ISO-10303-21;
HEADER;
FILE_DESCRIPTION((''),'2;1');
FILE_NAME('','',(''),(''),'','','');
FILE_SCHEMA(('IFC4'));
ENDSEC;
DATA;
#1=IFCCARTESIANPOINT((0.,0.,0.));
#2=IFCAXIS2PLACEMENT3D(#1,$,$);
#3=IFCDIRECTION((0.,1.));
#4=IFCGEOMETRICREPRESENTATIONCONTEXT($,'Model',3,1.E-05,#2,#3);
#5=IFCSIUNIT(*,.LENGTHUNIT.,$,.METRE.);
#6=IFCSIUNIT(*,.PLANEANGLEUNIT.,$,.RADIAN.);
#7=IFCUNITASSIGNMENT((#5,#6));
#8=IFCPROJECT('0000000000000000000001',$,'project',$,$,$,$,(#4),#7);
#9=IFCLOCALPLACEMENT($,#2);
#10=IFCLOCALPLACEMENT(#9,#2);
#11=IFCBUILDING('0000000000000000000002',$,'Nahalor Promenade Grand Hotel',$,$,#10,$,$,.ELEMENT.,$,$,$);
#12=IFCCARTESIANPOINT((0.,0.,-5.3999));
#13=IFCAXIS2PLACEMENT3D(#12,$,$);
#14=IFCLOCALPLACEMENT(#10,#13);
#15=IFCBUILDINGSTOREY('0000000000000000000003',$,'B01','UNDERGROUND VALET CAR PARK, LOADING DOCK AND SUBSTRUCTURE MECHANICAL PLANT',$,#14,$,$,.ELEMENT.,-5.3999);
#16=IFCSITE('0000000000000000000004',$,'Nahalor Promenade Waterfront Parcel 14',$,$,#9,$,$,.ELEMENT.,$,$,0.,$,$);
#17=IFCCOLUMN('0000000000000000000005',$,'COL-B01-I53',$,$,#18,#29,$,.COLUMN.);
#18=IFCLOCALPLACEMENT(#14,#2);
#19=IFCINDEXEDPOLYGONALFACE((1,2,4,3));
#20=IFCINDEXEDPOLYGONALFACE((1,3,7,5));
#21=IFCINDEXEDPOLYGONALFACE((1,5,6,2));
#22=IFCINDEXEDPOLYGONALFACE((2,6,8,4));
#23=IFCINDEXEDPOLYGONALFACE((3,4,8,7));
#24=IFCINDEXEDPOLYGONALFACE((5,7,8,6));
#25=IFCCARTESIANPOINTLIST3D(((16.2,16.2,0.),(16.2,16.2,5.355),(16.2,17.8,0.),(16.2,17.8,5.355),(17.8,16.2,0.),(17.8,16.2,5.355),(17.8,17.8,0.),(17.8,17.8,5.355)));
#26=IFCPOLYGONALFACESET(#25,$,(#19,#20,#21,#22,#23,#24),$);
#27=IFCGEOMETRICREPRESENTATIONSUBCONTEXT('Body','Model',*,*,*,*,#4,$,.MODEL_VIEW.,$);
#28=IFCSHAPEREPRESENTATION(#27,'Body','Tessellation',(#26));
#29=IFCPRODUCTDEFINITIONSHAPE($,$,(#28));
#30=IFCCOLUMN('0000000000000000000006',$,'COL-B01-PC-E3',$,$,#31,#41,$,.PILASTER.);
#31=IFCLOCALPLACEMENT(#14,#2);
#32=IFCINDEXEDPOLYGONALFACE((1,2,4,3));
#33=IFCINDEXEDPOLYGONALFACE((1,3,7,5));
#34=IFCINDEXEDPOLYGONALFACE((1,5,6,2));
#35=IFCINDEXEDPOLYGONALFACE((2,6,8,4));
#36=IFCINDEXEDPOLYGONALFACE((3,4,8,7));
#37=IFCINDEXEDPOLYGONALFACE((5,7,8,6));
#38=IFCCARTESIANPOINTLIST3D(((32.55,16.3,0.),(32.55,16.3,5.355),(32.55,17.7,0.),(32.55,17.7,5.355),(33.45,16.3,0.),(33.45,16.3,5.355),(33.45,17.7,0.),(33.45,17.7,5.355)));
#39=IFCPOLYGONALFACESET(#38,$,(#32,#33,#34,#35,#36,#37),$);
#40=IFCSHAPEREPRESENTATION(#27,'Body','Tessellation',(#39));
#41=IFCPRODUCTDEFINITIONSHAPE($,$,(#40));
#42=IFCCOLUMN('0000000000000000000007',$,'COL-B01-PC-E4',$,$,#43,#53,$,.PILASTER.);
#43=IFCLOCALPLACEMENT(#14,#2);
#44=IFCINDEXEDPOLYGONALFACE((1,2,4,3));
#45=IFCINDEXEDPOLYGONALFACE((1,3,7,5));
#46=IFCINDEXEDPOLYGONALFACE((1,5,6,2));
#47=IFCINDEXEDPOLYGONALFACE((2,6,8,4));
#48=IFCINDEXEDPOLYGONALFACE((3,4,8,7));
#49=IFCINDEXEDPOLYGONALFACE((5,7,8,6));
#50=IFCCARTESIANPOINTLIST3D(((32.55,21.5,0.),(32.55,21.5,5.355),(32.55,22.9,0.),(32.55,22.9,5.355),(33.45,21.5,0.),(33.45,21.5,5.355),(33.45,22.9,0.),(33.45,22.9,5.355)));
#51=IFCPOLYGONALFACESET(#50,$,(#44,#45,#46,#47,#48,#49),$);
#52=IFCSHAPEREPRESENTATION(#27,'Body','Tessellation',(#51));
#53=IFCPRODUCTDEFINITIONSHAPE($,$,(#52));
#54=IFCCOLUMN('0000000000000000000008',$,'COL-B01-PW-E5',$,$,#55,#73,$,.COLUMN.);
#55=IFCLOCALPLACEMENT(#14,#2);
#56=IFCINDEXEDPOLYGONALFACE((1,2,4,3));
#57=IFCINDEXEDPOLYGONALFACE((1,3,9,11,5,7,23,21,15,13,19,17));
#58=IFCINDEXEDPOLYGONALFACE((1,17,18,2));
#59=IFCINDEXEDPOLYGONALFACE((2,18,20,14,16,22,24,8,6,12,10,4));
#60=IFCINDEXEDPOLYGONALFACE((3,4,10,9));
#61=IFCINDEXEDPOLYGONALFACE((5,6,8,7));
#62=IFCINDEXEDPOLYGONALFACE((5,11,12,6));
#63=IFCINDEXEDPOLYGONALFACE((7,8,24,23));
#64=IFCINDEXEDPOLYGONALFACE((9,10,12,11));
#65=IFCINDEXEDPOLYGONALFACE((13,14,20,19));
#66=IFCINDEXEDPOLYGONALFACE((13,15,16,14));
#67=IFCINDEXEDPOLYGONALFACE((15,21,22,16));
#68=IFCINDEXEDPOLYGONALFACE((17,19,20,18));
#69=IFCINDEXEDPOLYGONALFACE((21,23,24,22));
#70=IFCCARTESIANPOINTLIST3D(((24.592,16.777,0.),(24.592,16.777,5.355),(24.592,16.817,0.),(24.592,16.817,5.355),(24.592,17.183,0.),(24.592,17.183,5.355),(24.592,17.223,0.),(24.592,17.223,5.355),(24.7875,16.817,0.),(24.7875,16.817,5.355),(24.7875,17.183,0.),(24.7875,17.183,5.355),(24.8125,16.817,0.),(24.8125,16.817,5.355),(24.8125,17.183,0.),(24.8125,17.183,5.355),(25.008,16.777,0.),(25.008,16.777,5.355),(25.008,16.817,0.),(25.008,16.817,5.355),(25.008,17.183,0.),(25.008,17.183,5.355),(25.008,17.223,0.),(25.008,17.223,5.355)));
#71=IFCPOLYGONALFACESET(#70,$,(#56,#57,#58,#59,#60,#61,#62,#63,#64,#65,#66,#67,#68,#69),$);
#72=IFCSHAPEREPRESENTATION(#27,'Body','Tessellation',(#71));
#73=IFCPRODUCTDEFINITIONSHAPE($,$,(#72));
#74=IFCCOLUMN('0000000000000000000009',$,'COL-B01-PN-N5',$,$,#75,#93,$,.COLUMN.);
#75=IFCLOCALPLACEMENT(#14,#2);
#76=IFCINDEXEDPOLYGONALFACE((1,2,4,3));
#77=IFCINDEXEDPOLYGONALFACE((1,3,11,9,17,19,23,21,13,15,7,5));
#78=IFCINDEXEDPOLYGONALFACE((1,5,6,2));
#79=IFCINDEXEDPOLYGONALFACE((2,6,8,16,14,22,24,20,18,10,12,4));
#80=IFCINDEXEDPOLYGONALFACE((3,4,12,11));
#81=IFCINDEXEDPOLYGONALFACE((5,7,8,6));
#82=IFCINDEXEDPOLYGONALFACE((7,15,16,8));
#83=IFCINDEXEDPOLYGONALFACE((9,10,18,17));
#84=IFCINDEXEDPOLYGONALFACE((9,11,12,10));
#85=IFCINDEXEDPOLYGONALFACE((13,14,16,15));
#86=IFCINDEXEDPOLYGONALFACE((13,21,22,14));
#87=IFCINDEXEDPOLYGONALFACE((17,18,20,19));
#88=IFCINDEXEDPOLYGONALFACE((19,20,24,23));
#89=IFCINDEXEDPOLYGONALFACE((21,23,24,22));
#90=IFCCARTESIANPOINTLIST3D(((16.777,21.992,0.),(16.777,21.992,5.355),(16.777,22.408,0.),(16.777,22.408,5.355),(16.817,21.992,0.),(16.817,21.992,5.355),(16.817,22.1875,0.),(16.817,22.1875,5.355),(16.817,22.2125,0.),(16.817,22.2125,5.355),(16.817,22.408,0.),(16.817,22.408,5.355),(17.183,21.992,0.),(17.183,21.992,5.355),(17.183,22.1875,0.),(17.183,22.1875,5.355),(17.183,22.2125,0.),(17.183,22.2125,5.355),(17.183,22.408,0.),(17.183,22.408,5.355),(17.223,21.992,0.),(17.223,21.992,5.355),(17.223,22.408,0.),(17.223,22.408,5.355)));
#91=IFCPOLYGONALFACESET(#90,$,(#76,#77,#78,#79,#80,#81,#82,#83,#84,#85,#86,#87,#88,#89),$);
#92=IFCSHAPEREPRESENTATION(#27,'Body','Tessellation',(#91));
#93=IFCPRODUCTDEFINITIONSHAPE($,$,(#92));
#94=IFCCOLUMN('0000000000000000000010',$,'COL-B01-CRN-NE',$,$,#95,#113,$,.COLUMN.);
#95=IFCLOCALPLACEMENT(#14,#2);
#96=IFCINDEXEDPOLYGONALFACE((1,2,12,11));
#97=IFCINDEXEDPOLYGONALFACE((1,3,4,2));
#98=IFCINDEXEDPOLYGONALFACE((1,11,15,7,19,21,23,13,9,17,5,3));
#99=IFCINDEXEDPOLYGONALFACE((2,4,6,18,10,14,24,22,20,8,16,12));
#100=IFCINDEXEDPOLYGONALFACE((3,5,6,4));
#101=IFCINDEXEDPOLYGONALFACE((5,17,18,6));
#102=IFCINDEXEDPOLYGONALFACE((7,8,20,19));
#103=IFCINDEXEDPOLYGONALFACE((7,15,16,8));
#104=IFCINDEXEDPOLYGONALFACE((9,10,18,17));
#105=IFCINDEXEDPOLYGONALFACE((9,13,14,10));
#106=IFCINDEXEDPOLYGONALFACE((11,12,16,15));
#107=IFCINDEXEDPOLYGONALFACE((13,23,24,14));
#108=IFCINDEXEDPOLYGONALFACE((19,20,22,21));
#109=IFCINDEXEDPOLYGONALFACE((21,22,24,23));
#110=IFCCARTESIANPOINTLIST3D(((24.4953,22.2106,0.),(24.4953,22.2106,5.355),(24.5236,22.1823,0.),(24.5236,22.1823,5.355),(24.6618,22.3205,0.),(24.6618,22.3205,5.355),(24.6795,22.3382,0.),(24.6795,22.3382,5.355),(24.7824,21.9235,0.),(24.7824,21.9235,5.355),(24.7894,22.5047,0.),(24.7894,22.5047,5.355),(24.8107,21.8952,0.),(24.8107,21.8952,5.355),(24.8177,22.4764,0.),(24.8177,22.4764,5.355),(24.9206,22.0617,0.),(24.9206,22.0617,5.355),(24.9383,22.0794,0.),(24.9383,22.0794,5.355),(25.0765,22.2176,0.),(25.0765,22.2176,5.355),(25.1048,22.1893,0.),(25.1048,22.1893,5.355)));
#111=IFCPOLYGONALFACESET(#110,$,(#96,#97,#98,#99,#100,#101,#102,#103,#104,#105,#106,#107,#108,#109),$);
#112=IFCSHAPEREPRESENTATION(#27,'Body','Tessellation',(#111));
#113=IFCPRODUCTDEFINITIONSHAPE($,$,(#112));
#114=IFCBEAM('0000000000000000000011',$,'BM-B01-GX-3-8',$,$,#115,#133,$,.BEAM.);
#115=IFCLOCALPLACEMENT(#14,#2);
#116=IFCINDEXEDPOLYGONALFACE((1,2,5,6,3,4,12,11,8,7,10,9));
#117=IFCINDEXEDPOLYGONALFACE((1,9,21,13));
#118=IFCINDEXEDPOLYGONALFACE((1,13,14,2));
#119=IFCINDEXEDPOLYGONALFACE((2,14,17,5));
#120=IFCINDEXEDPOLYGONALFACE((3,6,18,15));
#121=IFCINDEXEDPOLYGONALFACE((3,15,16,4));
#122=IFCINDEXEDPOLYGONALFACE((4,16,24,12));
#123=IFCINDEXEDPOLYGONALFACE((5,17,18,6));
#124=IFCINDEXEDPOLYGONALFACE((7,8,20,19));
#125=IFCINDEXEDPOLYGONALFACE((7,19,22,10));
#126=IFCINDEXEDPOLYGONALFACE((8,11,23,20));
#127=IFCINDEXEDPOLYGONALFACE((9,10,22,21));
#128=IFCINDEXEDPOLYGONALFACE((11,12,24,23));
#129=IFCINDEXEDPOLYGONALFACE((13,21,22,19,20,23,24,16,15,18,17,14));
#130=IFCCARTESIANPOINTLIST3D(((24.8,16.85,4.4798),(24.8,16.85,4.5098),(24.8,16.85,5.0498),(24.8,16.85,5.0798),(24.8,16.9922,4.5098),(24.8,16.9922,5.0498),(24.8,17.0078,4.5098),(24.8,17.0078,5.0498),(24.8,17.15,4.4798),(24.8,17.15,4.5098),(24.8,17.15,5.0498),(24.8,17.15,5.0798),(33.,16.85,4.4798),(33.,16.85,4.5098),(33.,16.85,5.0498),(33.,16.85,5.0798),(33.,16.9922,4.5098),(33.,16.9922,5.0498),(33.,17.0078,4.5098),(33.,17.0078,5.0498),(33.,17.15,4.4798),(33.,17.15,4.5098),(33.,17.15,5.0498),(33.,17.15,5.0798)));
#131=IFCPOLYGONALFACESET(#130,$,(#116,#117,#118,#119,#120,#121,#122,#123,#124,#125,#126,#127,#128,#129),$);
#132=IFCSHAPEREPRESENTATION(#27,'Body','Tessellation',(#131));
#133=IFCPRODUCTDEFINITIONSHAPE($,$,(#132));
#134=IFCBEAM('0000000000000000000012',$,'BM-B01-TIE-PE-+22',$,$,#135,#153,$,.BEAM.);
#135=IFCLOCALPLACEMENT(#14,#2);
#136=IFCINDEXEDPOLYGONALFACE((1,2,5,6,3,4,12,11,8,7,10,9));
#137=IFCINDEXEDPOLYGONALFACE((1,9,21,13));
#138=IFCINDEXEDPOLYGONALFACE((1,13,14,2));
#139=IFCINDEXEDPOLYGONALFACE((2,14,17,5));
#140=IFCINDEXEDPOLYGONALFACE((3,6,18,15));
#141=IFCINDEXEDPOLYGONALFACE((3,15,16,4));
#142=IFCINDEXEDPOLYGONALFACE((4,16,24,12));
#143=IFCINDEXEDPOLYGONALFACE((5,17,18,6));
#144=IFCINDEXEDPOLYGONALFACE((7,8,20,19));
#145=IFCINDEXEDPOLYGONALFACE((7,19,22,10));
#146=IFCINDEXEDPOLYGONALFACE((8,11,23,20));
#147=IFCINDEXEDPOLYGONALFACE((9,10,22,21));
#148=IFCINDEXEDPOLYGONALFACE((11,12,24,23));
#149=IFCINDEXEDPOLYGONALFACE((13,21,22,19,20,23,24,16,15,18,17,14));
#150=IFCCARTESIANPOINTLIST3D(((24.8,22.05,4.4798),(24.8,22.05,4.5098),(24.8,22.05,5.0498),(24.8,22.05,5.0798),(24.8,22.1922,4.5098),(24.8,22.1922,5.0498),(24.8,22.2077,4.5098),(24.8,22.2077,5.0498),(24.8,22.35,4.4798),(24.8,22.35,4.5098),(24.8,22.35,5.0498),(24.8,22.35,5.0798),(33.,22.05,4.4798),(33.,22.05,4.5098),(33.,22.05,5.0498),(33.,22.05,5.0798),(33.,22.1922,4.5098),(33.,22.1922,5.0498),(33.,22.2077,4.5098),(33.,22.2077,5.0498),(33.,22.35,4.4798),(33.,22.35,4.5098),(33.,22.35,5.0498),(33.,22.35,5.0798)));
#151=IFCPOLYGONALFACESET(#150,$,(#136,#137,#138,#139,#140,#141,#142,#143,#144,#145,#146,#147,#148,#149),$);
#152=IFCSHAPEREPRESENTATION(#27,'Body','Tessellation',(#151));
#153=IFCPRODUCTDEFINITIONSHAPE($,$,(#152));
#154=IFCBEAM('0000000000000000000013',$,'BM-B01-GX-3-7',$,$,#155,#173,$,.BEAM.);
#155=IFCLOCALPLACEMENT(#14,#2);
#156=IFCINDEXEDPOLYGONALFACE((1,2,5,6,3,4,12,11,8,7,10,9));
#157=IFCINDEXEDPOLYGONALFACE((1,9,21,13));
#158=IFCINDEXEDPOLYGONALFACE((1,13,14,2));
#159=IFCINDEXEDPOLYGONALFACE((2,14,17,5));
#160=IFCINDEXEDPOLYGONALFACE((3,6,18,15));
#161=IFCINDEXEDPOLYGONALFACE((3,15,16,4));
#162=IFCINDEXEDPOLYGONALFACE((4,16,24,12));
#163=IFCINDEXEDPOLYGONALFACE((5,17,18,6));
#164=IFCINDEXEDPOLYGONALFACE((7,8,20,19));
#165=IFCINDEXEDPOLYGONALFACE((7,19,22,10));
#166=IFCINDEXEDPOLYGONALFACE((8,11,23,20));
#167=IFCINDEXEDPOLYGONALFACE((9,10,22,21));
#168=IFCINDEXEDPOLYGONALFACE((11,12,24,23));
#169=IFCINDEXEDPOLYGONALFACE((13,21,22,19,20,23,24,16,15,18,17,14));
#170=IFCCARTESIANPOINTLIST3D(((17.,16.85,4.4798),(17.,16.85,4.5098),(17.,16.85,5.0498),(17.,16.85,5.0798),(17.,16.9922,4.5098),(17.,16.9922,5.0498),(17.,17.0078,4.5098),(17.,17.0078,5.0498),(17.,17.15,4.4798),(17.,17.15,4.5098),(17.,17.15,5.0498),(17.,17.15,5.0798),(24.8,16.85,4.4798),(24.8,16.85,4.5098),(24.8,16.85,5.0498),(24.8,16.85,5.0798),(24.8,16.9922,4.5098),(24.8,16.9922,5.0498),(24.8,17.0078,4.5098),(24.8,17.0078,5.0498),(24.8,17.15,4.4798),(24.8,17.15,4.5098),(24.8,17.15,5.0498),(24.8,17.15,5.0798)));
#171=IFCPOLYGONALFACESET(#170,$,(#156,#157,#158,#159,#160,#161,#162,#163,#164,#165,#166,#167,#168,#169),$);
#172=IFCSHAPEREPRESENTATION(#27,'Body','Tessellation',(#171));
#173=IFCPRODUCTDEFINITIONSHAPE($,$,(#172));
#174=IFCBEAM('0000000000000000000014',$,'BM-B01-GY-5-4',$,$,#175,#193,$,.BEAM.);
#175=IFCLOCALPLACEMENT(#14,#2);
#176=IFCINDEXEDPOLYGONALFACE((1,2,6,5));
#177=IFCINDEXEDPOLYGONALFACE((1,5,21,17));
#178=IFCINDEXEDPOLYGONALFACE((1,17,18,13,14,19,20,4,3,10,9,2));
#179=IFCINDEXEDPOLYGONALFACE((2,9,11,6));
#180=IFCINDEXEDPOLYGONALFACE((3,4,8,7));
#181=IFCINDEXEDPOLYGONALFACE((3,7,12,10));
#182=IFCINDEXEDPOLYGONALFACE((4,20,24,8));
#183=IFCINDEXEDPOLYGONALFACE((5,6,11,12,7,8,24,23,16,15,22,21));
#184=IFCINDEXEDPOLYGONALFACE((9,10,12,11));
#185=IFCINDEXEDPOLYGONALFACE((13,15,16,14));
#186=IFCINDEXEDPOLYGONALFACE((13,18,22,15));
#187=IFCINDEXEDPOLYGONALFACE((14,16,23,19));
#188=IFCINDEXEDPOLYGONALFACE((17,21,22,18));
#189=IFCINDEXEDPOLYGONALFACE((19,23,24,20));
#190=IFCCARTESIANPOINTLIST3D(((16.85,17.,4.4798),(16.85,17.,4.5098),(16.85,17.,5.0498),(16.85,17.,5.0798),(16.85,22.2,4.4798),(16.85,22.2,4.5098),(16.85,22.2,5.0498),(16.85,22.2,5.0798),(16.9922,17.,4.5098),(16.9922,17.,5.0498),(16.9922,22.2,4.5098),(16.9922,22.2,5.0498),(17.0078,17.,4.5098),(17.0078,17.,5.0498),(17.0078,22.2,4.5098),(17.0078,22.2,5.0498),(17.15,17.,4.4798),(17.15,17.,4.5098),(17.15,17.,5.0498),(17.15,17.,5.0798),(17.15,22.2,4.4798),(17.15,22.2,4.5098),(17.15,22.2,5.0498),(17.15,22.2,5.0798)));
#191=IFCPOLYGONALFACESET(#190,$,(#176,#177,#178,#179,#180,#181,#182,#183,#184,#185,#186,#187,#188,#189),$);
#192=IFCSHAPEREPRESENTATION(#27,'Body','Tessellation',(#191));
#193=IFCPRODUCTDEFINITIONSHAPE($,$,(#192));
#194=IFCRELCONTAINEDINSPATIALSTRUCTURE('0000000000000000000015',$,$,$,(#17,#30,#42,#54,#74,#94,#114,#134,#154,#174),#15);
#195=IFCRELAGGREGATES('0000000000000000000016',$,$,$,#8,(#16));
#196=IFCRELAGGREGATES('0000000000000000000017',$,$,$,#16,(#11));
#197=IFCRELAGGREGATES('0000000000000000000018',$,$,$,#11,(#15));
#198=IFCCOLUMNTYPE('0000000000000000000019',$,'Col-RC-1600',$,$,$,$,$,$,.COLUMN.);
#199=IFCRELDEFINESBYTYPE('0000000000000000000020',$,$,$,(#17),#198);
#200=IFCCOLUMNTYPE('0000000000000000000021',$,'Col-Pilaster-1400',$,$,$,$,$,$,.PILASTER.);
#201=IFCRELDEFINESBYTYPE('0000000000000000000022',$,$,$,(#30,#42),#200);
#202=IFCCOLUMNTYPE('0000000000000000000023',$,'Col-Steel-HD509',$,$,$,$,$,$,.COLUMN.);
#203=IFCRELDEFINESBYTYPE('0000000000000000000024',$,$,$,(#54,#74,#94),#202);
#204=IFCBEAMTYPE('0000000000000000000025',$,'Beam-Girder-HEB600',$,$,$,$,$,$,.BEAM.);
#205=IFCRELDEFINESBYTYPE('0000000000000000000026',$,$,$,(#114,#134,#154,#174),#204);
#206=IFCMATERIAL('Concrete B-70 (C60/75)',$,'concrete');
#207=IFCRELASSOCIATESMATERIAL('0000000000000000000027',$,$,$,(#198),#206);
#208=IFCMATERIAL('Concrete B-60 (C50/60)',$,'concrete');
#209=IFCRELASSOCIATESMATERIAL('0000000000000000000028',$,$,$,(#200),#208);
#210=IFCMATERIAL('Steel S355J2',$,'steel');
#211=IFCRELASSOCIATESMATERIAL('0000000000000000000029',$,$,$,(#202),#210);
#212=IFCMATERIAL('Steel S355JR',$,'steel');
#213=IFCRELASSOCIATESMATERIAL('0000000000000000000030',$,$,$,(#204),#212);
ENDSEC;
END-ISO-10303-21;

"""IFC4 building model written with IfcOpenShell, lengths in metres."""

from ifc_helpers import new_model, si_unit, direction, frame, origin, origin_2d, place, context, subcontext, project, spatial, rectangle, i_section, extrude, source, transform, mapped, material, material_profile, profile_set, type_object, element, save


model = new_model("IFC4")

# Units and contexts
model_context = context("Model", 3, precision=1e-05, world=origin(), true_north=direction((0.0, 1.0)))
body_context = subcontext(model_context, "Body", "Model", "MODEL_VIEW")
ifc_project = project(units=[si_unit("LENGTHUNIT", "METRE"), si_unit("PLANEANGLEUNIT", "RADIAN")], contexts=[model_context])

# Site, building, storey
site_placement = place(None, origin())
site = spatial("IfcSite", under=ifc_project, at=site_placement, Name="Nahalor Promenade Waterfront Parcel 14", CompositionType="ELEMENT", RefElevation=0.0)
building_placement = place(site_placement, origin())
building = spatial("IfcBuilding", under=site, at=building_placement, Name="Nahalor Promenade Grand Hotel", CompositionType="ELEMENT")
storey_placement = place(building_placement, frame((0.0, 0.0, -5.3999)))
storey = spatial("IfcBuildingStorey", under=building, at=storey_placement, Name="B01", Description="UNDERGROUND VALET CAR PARK, LOADING DOCK AND SUBSTRUCTURE MECHANICAL PLANT", CompositionType="ELEMENT", Elevation=-5.3999)

# Columns
ifc_material_1 = material(Name="Concrete B-70 (C60/75)", Category="concrete")
ifc_material_profile_1 = material_profile(ifc_material_1, rectangle(XDim=1.6, YDim=1.6, at=origin_2d()), Name="RC 1600x1600")
ifc_profile_set_1 = profile_set([ifc_material_profile_1], Name="Concrete B-70 (C60/75)")
column_type_1 = type_object("IfcColumnType", Name="Col-RC-1600", PredefinedType="COLUMN", material=ifc_profile_set_1)
shared_shape_1 = source(origin(), body_context, "Body", "SweptSolid", [
    extrude(rectangle(XDim=1.6, YDim=1.6, at=origin_2d()), origin(), (0.0, 0.0, 1.0), 5.355),
])
column_placement = place(storey_placement, frame((17.0, 17.0, 0.0), z_axis=(0.0, 0.0, 1.0), x_axis=(1.0, 0.0, 0.0)))
element("IfcColumn", 1, at=column_placement, inside=storey, type_object=column_type_1, Name="COL-B01-I53", PredefinedType="COLUMN", context=body_context, shape_type="MappedRepresentation", body=[
    mapped(shared_shape_1, transform((0.0, 0.0, 0.0), scale=1.0)),
])
ifc_material_2 = material(Name="Concrete B-60 (C50/60)", Category="concrete")
ifc_material_profile_2 = material_profile(ifc_material_2, rectangle(XDim=0.9, YDim=1.4, at=origin_2d()), Name="RC 900x1400")
ifc_profile_set_2 = profile_set([ifc_material_profile_2], Name="Concrete B-60 (C50/60)")
column_type_2 = type_object("IfcColumnType", Name="Col-Pilaster-1400", PredefinedType="PILASTER", material=ifc_profile_set_2)
shared_shape_2 = source(origin(), body_context, "Body", "SweptSolid", [
    extrude(rectangle(XDim=0.9, YDim=1.4, at=origin_2d()), origin(), (0.0, 0.0, 1.0), 5.355),
])
for number, where, z_axis, x_axis, name in (
    (2, (33.0, 17.0, 0.0), (0.0, 0.0, 1.0), (1.0, 0.0, 0.0), "COL-B01-PC-E3"),
    (3, (33.0, 22.2, 0.0), (0.0, 0.0, 1.0), (1.0, 0.0, 0.0), "COL-B01-PC-E4"),
):
    element("IfcColumn", number, at=place(storey_placement, frame(where, z_axis=z_axis, x_axis=x_axis)), inside=storey, type_object=column_type_2, Name=name, PredefinedType="PILASTER", context=body_context, shape_type="MappedRepresentation", body=[
        mapped(shared_shape_2, transform((0.0, 0.0, 0.0), scale=1.0)),
    ])
ifc_material_3 = material(Name="Steel S355J2", Category="steel")
ifc_material_profile_3 = material_profile(ifc_material_3, i_section(OverallWidth=0.416, OverallDepth=0.446, WebThickness=0.025, FlangeThickness=0.04, at=origin_2d()), Name="HD 400x509")
ifc_profile_set_3 = profile_set([ifc_material_profile_3], Name="Steel S355J2")
column_type_3 = type_object("IfcColumnType", Name="Col-Steel-HD509", PredefinedType="COLUMN", material=ifc_profile_set_3)
shared_shape_3 = source(origin(), body_context, "Body", "SweptSolid", [
    extrude(i_section(OverallWidth=0.416, OverallDepth=0.446, WebThickness=0.025, FlangeThickness=0.04, at=origin_2d()), origin(), (0.0, 0.0, 1.0), 5.355),
])
for number, where, z_axis, x_axis, name in (
    (4, (24.8, 17.0, 0.0), (0.0, 0.0, 1.0), (1.0, 0.0, 0.0), "COL-B01-PW-E5"),
    (5, (17.0, 22.2, 0.0), (0.0, 0.0, 1.0), (0.0, 1.0, 0.0), "COL-B01-PN-N5"),
    (6, (24.8, 22.2, 0.0), (0.0, 0.0, 1.0), (0.707107, 0.707107, 0.0), "COL-B01-CRN-NE"),
):
    element("IfcColumn", number, at=place(storey_placement, frame(where, z_axis=z_axis, x_axis=x_axis)), inside=storey, type_object=column_type_3, Name=name, PredefinedType="COLUMN", context=body_context, shape_type="MappedRepresentation", body=[
        mapped(shared_shape_3, transform((0.0, 0.0, 0.0), scale=1.0)),
    ])

# Beams
ifc_material_4 = material(Name="Steel S355JR", Category="steel")
ifc_material_profile_4 = material_profile(ifc_material_4, i_section(OverallWidth=0.3, OverallDepth=0.6, WebThickness=0.0155, FlangeThickness=0.03, at=origin_2d()), Name="HEB 600")
ifc_profile_set_4 = profile_set([ifc_material_profile_4], Name="Steel S355JR")
beam_type_1 = type_object("IfcBeamType", Name="Beam-Girder-HEB600", PredefinedType="BEAM", material=ifc_profile_set_4)
shared_shape_4 = source(origin(), body_context, "Body", "SweptSolid", [
    extrude(i_section(OverallWidth=0.3, OverallDepth=0.6, WebThickness=0.0155, FlangeThickness=0.03, at=origin_2d()), origin(), (0.0, 0.0, 1.0), 8.2),
])
for number, where, z_axis, x_axis, name in (
    (7, (24.8, 17.0, 4.7798), (1.0, 0.0, 0.0), (0.0, 1.0, 0.0), "BM-B01-GX-3-8"),
    (8, (24.8, 22.2, 4.7798), (1.0, 0.0, 0.0), (0.0, 1.0, 0.0), "BM-B01-TIE-PE-+22"),
):
    element("IfcBeam", number, at=place(storey_placement, frame(where, z_axis=z_axis, x_axis=x_axis)), inside=storey, type_object=beam_type_1, Name=name, PredefinedType="BEAM", context=body_context, shape_type="MappedRepresentation", body=[
        mapped(shared_shape_4, transform((0.0, 0.0, 0.0), scale=1.0)),
    ])
shared_shape_5 = source(origin(), body_context, "Body", "SweptSolid", [
    extrude(i_section(OverallWidth=0.3, OverallDepth=0.6, WebThickness=0.0155, FlangeThickness=0.03, at=origin_2d()), origin(), (0.0, 0.0, 1.0), 7.8),
])
beam_1_placement = place(storey_placement, frame((17.0, 17.0, 4.7798), z_axis=(1.0, 0.0, 0.0), x_axis=(0.0, 1.0, 0.0)))
element("IfcBeam", 9, at=beam_1_placement, inside=storey, type_object=beam_type_1, Name="BM-B01-GX-3-7", PredefinedType="BEAM", context=body_context, shape_type="MappedRepresentation", body=[
    mapped(shared_shape_5, transform((0.0, 0.0, 0.0), scale=1.0)),
])
shared_shape_6 = source(origin(), body_context, "Body", "SweptSolid", [
    extrude(i_section(OverallWidth=0.3, OverallDepth=0.6, WebThickness=0.0155, FlangeThickness=0.03, at=origin_2d()), origin(), (0.0, 0.0, 1.0), 5.2),
])
beam_2_placement = place(storey_placement, frame((17.0, 17.0, 4.7798), z_axis=(0.0, 1.0, 0.0), x_axis=(-1.0, 0.0, 0.0)))
element("IfcBeam", 10, at=beam_2_placement, inside=storey, type_object=beam_type_1, Name="BM-B01-GY-5-4", PredefinedType="BEAM", context=body_context, shape_type="MappedRepresentation", body=[
    mapped(shared_shape_6, transform((0.0, 0.0, 0.0), scale=1.0)),
])

save(model, "model.ifc")
